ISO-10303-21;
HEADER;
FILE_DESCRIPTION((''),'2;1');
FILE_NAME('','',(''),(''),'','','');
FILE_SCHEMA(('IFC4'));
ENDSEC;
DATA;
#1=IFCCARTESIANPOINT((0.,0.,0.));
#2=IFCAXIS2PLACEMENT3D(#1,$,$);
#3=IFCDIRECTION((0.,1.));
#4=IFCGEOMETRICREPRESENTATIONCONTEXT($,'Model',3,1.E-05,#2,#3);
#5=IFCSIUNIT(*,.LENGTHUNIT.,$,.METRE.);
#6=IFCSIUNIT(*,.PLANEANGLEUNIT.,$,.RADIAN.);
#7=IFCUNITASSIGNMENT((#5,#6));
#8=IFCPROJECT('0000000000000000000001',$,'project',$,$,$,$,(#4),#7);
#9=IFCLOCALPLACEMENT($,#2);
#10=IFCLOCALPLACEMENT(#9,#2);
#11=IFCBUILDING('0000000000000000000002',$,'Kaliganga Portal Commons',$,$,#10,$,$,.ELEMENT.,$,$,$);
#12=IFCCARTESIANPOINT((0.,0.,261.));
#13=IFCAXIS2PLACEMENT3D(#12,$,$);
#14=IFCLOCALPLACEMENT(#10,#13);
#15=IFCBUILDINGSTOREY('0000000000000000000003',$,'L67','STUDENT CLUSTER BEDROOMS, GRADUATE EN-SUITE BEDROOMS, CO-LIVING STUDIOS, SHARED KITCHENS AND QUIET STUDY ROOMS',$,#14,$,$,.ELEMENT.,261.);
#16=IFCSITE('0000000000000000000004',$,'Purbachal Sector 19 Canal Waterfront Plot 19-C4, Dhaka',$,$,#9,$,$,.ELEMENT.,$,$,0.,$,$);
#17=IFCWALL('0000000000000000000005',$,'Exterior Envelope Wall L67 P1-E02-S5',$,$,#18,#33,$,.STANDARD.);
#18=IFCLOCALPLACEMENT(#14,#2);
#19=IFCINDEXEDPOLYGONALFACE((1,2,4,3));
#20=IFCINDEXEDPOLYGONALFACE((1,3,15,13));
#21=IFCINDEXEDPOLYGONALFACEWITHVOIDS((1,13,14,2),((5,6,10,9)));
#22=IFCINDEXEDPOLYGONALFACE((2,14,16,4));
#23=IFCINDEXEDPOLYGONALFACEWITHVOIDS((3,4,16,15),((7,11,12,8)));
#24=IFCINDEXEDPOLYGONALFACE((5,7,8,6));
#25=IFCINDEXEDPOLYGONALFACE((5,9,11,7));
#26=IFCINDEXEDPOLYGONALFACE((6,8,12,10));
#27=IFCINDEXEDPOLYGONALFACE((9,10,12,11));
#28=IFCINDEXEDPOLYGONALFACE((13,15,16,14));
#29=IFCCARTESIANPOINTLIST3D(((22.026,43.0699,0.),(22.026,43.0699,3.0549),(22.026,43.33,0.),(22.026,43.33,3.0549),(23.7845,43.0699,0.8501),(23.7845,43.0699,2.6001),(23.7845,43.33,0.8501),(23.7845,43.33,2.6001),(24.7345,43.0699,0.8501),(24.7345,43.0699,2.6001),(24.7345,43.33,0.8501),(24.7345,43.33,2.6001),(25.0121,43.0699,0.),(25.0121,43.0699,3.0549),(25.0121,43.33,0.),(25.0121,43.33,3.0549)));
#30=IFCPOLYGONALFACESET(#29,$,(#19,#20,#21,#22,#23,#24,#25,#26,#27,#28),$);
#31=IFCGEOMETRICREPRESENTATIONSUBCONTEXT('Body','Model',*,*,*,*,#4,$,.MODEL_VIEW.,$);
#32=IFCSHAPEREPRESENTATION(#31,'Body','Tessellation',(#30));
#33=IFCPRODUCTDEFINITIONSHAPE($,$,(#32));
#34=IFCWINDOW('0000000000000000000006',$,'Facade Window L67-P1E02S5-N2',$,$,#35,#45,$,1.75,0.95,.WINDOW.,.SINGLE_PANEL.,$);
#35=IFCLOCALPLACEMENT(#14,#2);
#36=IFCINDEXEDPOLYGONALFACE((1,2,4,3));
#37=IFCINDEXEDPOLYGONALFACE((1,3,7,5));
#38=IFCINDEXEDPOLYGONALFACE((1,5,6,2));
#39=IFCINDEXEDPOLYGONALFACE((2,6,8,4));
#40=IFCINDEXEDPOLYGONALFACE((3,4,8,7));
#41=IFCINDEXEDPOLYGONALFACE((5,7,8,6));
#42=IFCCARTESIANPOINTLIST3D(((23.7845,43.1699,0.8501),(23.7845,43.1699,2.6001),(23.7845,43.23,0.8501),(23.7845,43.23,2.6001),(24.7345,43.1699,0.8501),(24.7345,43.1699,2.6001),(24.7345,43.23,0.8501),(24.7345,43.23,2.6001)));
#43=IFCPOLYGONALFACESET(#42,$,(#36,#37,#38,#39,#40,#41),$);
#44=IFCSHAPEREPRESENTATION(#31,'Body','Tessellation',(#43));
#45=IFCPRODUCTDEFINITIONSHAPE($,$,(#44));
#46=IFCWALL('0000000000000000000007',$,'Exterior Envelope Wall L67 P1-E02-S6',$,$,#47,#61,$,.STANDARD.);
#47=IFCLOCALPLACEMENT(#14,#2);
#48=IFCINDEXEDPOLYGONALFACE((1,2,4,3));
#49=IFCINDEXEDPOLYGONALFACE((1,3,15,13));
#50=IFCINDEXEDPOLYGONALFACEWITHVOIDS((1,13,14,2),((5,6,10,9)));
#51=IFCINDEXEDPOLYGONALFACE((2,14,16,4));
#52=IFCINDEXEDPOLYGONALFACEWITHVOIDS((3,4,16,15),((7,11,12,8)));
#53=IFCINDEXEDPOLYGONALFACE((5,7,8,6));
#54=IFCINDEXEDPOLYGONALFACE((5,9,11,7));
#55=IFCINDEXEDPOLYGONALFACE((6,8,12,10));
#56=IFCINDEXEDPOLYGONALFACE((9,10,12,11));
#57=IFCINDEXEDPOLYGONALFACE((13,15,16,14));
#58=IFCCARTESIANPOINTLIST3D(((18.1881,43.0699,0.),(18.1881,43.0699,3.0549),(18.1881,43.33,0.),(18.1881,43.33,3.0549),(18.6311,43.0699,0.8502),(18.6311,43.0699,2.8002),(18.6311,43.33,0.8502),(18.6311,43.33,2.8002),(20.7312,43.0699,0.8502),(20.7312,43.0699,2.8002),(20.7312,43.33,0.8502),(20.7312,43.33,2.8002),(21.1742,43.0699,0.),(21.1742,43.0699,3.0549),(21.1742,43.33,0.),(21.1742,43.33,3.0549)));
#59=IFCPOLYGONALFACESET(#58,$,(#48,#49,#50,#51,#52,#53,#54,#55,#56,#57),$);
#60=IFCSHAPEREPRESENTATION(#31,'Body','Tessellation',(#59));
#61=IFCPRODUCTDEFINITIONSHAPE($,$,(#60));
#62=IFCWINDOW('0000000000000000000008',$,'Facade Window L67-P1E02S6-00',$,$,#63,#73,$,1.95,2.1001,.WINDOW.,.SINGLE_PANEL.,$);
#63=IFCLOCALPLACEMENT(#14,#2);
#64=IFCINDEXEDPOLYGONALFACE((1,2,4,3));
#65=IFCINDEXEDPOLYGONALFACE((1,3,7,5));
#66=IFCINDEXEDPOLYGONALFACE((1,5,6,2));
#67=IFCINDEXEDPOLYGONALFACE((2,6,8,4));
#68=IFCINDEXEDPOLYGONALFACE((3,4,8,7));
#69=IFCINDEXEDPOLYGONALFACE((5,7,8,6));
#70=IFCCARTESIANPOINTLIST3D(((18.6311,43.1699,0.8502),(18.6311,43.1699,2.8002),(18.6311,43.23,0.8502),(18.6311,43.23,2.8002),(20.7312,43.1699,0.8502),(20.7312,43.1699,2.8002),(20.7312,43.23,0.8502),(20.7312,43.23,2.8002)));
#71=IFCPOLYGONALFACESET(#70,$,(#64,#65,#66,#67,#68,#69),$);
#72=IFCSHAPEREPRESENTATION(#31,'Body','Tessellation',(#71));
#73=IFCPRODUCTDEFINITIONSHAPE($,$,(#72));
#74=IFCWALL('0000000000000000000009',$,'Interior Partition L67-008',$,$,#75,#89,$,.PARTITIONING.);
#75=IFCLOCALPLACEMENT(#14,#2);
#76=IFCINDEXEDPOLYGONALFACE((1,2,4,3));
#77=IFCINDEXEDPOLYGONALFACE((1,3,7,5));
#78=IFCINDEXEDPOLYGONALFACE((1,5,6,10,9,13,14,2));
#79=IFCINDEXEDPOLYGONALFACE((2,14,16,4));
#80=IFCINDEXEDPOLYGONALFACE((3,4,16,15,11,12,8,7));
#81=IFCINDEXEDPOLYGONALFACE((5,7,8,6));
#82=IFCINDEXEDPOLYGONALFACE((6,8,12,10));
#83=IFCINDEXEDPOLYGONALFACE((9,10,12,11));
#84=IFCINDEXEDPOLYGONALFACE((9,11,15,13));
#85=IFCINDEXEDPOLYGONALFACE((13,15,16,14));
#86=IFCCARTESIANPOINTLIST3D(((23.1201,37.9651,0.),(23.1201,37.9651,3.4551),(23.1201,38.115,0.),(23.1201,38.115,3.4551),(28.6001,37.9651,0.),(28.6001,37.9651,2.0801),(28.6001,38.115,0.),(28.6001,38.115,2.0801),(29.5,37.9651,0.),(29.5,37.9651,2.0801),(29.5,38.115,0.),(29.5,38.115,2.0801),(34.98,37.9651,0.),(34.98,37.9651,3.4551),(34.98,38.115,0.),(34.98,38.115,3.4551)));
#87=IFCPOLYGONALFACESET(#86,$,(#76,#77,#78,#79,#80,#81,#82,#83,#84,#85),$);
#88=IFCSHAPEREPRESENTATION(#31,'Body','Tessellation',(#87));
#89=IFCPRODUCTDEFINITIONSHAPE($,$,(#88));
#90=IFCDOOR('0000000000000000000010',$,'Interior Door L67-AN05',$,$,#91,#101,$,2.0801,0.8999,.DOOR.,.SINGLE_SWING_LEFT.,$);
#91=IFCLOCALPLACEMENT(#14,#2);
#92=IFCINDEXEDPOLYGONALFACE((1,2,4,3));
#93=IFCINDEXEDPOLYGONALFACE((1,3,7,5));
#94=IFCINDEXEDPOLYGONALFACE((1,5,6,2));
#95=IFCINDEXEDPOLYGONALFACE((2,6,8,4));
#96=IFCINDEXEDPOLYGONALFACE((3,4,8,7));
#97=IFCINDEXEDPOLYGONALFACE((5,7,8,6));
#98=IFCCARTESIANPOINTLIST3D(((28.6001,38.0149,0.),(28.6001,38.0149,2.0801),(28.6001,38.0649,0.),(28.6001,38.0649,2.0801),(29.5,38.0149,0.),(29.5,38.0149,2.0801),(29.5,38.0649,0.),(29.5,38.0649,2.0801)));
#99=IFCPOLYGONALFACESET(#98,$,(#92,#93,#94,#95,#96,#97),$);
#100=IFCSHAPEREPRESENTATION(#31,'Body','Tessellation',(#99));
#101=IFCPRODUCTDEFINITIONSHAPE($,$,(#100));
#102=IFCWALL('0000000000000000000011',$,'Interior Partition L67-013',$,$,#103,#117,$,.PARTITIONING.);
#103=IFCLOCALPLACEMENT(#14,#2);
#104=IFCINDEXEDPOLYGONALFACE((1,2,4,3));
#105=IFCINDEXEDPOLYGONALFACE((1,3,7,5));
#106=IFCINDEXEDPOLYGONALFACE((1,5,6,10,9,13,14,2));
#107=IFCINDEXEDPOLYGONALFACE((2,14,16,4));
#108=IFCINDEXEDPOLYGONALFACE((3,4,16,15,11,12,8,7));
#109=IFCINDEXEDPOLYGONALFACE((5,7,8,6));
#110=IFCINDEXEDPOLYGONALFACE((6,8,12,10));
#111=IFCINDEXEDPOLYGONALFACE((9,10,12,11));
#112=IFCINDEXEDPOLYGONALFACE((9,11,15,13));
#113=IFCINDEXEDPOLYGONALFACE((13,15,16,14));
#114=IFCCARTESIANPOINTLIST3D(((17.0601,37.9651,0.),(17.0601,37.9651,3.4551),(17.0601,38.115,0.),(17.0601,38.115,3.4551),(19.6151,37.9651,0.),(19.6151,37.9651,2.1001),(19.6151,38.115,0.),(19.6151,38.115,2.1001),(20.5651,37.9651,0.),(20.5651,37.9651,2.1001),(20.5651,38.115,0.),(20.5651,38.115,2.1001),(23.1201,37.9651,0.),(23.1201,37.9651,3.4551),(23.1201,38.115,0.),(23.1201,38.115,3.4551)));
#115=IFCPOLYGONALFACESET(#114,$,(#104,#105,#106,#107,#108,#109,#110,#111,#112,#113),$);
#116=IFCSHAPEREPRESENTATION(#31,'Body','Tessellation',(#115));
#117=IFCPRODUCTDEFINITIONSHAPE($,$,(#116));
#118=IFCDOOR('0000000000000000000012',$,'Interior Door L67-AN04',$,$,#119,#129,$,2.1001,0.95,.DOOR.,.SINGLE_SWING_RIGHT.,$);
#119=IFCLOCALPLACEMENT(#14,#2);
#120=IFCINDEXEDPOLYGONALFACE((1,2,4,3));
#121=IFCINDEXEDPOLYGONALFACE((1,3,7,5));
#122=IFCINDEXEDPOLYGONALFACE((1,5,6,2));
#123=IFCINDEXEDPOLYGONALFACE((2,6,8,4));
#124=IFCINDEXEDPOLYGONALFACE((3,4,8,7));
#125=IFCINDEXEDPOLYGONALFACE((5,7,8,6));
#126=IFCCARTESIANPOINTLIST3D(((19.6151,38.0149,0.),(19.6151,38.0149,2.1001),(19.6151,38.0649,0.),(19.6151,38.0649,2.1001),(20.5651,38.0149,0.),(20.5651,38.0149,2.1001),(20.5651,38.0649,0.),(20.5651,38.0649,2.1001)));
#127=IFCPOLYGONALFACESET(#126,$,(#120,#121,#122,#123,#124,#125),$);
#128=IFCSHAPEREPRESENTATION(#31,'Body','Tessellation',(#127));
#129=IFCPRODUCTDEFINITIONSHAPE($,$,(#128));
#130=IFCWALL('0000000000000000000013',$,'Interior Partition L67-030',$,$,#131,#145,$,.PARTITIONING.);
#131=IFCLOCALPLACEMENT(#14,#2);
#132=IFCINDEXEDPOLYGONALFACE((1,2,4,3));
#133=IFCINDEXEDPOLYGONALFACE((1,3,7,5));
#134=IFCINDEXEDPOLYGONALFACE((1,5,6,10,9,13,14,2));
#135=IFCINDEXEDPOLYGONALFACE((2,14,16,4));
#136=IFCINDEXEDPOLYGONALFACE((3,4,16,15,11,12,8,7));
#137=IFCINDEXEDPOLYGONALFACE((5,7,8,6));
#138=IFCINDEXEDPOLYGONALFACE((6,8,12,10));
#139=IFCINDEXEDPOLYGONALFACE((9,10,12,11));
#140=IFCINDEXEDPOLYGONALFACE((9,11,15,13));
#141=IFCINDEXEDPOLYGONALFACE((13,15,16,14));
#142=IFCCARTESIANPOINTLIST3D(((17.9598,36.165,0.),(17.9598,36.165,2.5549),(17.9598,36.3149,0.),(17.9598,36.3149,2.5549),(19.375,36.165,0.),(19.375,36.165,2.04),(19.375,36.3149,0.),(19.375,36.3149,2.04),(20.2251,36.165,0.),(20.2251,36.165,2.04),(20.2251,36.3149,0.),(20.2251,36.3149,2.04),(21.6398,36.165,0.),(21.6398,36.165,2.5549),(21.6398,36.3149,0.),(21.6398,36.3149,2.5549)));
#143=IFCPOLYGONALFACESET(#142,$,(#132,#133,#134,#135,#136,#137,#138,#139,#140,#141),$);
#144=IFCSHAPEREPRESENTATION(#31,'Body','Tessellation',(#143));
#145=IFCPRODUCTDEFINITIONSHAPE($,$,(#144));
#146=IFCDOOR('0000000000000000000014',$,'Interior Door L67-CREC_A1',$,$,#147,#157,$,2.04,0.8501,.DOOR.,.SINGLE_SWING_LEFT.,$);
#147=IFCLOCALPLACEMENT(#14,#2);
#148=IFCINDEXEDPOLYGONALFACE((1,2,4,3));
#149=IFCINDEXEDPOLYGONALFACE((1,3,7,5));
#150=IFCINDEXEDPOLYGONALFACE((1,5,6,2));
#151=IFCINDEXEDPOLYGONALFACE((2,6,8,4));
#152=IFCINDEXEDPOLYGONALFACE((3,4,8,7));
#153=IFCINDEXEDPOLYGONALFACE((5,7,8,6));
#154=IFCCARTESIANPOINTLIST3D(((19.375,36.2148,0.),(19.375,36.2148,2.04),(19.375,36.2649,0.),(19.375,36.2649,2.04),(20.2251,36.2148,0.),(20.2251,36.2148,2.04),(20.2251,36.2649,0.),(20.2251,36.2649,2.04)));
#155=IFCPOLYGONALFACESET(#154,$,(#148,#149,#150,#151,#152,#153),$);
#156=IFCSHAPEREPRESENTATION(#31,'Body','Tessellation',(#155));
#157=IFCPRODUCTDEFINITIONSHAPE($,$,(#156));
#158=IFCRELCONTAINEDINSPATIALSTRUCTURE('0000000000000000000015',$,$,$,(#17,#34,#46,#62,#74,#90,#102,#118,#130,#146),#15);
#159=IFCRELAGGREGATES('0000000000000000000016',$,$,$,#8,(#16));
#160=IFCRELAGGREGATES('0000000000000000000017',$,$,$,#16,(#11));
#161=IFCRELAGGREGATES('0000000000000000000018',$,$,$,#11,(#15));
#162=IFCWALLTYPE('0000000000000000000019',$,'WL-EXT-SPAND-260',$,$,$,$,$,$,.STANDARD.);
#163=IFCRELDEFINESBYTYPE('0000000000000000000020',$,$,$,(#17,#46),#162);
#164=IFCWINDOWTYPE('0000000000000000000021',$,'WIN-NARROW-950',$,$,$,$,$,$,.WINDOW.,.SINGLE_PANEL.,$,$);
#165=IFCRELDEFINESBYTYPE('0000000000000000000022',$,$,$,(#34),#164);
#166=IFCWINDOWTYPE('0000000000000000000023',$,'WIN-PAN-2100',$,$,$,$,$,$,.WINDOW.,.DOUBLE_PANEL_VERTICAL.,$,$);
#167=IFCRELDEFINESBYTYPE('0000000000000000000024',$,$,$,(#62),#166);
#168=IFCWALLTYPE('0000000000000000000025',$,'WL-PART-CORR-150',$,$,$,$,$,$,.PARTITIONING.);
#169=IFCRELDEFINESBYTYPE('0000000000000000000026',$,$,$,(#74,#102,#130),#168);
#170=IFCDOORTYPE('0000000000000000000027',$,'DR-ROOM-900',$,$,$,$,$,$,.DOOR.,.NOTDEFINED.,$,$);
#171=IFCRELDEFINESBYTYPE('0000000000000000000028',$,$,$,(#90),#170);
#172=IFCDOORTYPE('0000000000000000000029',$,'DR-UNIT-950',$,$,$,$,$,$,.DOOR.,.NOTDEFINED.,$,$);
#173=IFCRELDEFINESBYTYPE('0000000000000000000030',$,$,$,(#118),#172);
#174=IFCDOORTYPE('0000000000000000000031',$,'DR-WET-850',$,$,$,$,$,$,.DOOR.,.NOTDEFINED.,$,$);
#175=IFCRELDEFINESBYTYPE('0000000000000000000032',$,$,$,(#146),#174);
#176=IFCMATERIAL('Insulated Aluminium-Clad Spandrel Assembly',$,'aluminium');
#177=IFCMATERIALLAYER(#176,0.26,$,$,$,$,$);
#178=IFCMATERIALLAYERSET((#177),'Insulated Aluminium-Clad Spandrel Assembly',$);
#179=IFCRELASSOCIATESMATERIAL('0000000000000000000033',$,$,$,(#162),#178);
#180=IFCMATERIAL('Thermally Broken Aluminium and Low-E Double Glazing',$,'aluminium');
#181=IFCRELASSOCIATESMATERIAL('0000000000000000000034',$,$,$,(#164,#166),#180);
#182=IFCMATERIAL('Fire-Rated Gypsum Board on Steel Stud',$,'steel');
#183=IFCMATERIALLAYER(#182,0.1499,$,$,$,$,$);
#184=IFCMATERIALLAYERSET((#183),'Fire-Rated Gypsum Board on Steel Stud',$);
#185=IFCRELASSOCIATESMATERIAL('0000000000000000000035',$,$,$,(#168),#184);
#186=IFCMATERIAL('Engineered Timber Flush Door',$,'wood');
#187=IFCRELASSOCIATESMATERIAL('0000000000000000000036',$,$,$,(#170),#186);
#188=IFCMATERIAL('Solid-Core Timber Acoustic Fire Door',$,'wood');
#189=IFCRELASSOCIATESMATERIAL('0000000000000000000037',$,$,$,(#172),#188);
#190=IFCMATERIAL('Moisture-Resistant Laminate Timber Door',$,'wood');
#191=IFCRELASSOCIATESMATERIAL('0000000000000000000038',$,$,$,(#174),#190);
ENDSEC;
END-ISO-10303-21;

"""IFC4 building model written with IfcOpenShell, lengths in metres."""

from ifc_helpers import new_model, si_unit, direction, frame, frame_2d, origin, place, context, subcontext, project, spatial, rectangle, extrude, material, layer, layer_set, type_object, element, fill, save


model = new_model("IFC4")

# Units and contexts
model_context = context("Model", 3, precision=1e-05, world=origin(), true_north=direction((0.0, 1.0)))
body_context = subcontext(model_context, "Body", "Model", "MODEL_VIEW")
ifc_project = project(units=[si_unit("LENGTHUNIT", "METRE"), si_unit("PLANEANGLEUNIT", "RADIAN")], contexts=[model_context])

# Site, building, storey
site_placement = place(None, origin())
site = spatial("IfcSite", under=ifc_project, at=site_placement, Name="Purbachal Sector 19 Canal Waterfront Plot 19-C4, Dhaka", CompositionType="ELEMENT", RefElevation=0.0)
building_placement = place(site_placement, origin())
building = spatial("IfcBuilding", under=site, at=building_placement, Name="Kaliganga Portal Commons", CompositionType="ELEMENT")
storey_placement = place(building_placement, frame((0.0, 0.0, 261.0)))
storey = spatial("IfcBuildingStorey", under=building, at=storey_placement, Name="L67", Description="STUDENT CLUSTER BEDROOMS, GRADUATE EN-SUITE BEDROOMS, CO-LIVING STUDIOS, SHARED KITCHENS AND QUIET STUDY ROOMS", CompositionType="ELEMENT", Elevation=261.0)

# Walls, openings, windows
ifc_material_1 = material(Name="Insulated Aluminium-Clad Spandrel Assembly", Category="aluminium")
ifc_layer_1 = layer(ifc_material_1, 0.26)
ifc_layer_set_1 = layer_set([ifc_layer_1], Name="Insulated Aluminium-Clad Spandrel Assembly")
wall_type_1 = type_object("IfcWallType", Name="WL-EXT-SPAND-260", PredefinedType="STANDARD", material=ifc_layer_set_1)
wall_1_placement = place(storey_placement, frame((22.0259, 43.2, 0.0), z_axis=(0.0, 0.0, 1.0), x_axis=(1.0, 0.0, 0.0)))
wall_1 = element("IfcWall", 1, at=wall_1_placement, inside=storey, type_object=wall_type_1, Name="Exterior Envelope Wall L67 P1-E02-S5", PredefinedType="STANDARD", context=body_context, shape_type="SweptSolid", body=[
    extrude(rectangle(XDim=2.9861, YDim=0.26, at=frame_2d((1.4932, 0.0))), origin(), (0.0, 0.0, 1.0), 3.0549),
])
opening_1_placement = place(wall_1_placement, frame((1.7585, 0.0, 0.8501)))
opening_1 = element("IfcOpeningElement", 2, at=opening_1_placement, cuts=wall_1, PredefinedType="OPENING", context=body_context, shape_type="SweptSolid", body=[
    extrude(rectangle(XDim=0.95, YDim=1.75, at=frame_2d((0.4751, 0.875))), frame((0.0, 0.1401, 0.0), z_axis=(0.0, -1.0, 0.0), x_axis=(1.0, 0.0, 0.0)), (0.0, 0.0, 1.0), 0.28),
])
ifc_material_2 = material(Name="Thermally Broken Aluminium and Low-E Double Glazing", Category="aluminium")
window_type_1 = type_object("IfcWindowType", Name="WIN-NARROW-950", PartitioningType="SINGLE_PANEL", PredefinedType="WINDOW", material=ifc_material_2)
window_1_placement = place(opening_1_placement, origin())
window_1 = element("IfcWindow", 3, at=window_1_placement, inside=storey, type_object=window_type_1, Name="Facade Window L67-P1E02S5-N2", OverallHeight=1.75, OverallWidth=0.95, PartitioningType="SINGLE_PANEL", PredefinedType="WINDOW", context=body_context, shape_type="SweptSolid", body=[
    extrude(rectangle(XDim=0.95, YDim=1.75, at=frame_2d((0.4751, 0.875))), frame((0.0, 0.03, 0.0), z_axis=(0.0, -1.0, 0.0), x_axis=(1.0, 0.0, 0.0)), (0.0, 0.0, 1.0), 0.0601),
])
fill(opening_1, window_1)
wall_2_placement = place(storey_placement, frame((18.188, 43.2, 0.0), z_axis=(0.0, 0.0, 1.0), x_axis=(1.0, 0.0, 0.0)))
wall_2 = element("IfcWall", 4, at=wall_2_placement, inside=storey, type_object=wall_type_1, Name="Exterior Envelope Wall L67 P1-E02-S6", PredefinedType="STANDARD", context=body_context, shape_type="SweptSolid", body=[
    extrude(rectangle(XDim=2.9861, YDim=0.26, at=frame_2d((1.4932, 0.0))), origin(), (0.0, 0.0, 1.0), 3.0549),
])
opening_2_placement = place(wall_2_placement, frame((0.4431, 0.0, 0.8501)))
opening_2 = element("IfcOpeningElement", 5, at=opening_2_placement, cuts=wall_2, PredefinedType="OPENING", context=body_context, shape_type="SweptSolid", body=[
    extrude(rectangle(XDim=2.1001, YDim=1.95, at=frame_2d((1.05, 0.9751))), frame((0.0, 0.1401, 0.0), z_axis=(0.0, -1.0, 0.0), x_axis=(1.0, 0.0, 0.0)), (0.0, 0.0, 1.0), 0.28),
])
window_type_2 = type_object("IfcWindowType", Name="WIN-PAN-2100", PartitioningType="DOUBLE_PANEL_VERTICAL", PredefinedType="WINDOW", material=ifc_material_2)
window_2_placement = place(opening_2_placement, origin())
window_2 = element("IfcWindow", 6, at=window_2_placement, inside=storey, type_object=window_type_2, Name="Facade Window L67-P1E02S6-00", OverallHeight=1.95, OverallWidth=2.1001, PartitioningType="SINGLE_PANEL", PredefinedType="WINDOW", context=body_context, shape_type="SweptSolid", body=[
    extrude(rectangle(XDim=2.1001, YDim=1.95, at=frame_2d((1.05, 0.9751))), frame((0.0, 0.03, 0.0), z_axis=(0.0, -1.0, 0.0), x_axis=(1.0, 0.0, 0.0)), (0.0, 0.0, 1.0), 0.0601),
])
fill(opening_2, window_2)

# Walls, openings, doors
ifc_material_3 = material(Name="Fire-Rated Gypsum Board on Steel Stud", Category="steel")
ifc_layer_2 = layer(ifc_material_3, 0.1499)
ifc_layer_set_2 = layer_set([ifc_layer_2], Name="Fire-Rated Gypsum Board on Steel Stud")
wall_type_2 = type_object("IfcWallType", Name="WL-PART-CORR-150", PredefinedType="PARTITIONING", material=ifc_layer_set_2)
wall_3_placement = place(storey_placement, frame((23.1201, 38.04, 0.0), z_axis=(0.0, 0.0, 1.0), x_axis=(1.0, 0.0, 0.0)))
wall_3 = element("IfcWall", 7, at=wall_3_placement, inside=storey, type_object=wall_type_2, Name="Interior Partition L67-008", PredefinedType="PARTITIONING", context=body_context, shape_type="SweptSolid", body=[
    extrude(rectangle(XDim=11.8599, YDim=0.1499, at=frame_2d((5.9299, 0.0))), origin(), (0.0, 0.0, 1.0), 3.4551),
])
opening_3_placement = place(wall_3_placement, frame((5.48, 0.0, 0.0)))
opening_3 = element("IfcOpeningElement", 8, at=opening_3_placement, cuts=wall_3, PredefinedType="OPENING", context=body_context, shape_type="SweptSolid", body=[
    extrude(rectangle(XDim=0.8999, YDim=2.0801, at=frame_2d((0.45, 1.04))), frame((0.0, 0.085, 0.0), z_axis=(0.0, -1.0, 0.0), x_axis=(1.0, 0.0, 0.0)), (0.0, 0.0, 1.0), 0.1699),
])
ifc_material_4 = material(Name="Engineered Timber Flush Door", Category="wood")
door_type_1 = type_object("IfcDoorType", Name="DR-ROOM-900", OperationType="NOTDEFINED", PredefinedType="DOOR", material=ifc_material_4)
door_1_placement = place(opening_3_placement, origin())
door_1 = element("IfcDoor", 9, at=door_1_placement, inside=storey, type_object=door_type_1, Name="Interior Door L67-AN05", OperationType="SINGLE_SWING_LEFT", OverallHeight=2.0801, OverallWidth=0.8999, PredefinedType="DOOR", context=body_context, shape_type="SweptSolid", body=[
    extrude(rectangle(XDim=0.8999, YDim=2.0801, at=frame_2d((0.45, 1.04))), frame((0.0, 0.0249, 0.0), z_axis=(0.0, -1.0, 0.0), x_axis=(1.0, 0.0, 0.0)), (0.0, 0.0, 1.0), 0.05),
])
fill(opening_3, door_1)
wall_4_placement = place(storey_placement, frame((17.0601, 38.04, 0.0), z_axis=(0.0, 0.0, 1.0), x_axis=(1.0, 0.0, 0.0)))
wall_4 = element("IfcWall", 10, at=wall_4_placement, inside=storey, type_object=wall_type_2, Name="Interior Partition L67-013", PredefinedType="PARTITIONING", context=body_context, shape_type="SweptSolid", body=[
    extrude(rectangle(XDim=6.0601, YDim=0.1499, at=frame_2d((3.03, 0.0))), origin(), (0.0, 0.0, 1.0), 3.4551),
])
opening_4_placement = place(wall_4_placement, frame((2.5549, 0.0, 0.0)))
opening_4 = element("IfcOpeningElement", 11, at=opening_4_placement, cuts=wall_4, PredefinedType="OPENING", context=body_context, shape_type="SweptSolid", body=[
    extrude(rectangle(XDim=0.95, YDim=2.1001, at=frame_2d((0.4751, 1.05))), frame((0.0, 0.085, 0.0), z_axis=(0.0, -1.0, 0.0), x_axis=(1.0, 0.0, 0.0)), (0.0, 0.0, 1.0), 0.1699),
])
ifc_material_5 = material(Name="Solid-Core Timber Acoustic Fire Door", Category="wood")
door_type_2 = type_object("IfcDoorType", Name="DR-UNIT-950", OperationType="NOTDEFINED", PredefinedType="DOOR", material=ifc_material_5)
door_2_placement = place(opening_4_placement, origin())
door_2 = element("IfcDoor", 12, at=door_2_placement, inside=storey, type_object=door_type_2, Name="Interior Door L67-AN04", OperationType="SINGLE_SWING_RIGHT", OverallHeight=2.1001, OverallWidth=0.95, PredefinedType="DOOR", context=body_context, shape_type="SweptSolid", body=[
    extrude(rectangle(XDim=0.95, YDim=2.1001, at=frame_2d((0.4751, 1.05))), frame((0.0, 0.0249, 0.0), z_axis=(0.0, -1.0, 0.0), x_axis=(1.0, 0.0, 0.0)), (0.0, 0.0, 1.0), 0.05),
])
fill(opening_4, door_2)
wall_5_placement = place(storey_placement, frame((17.96, 36.24, 0.0), z_axis=(0.0, 0.0, 1.0), x_axis=(1.0, 0.0, 0.0)))
wall_5 = element("IfcWall", 13, at=wall_5_placement, inside=storey, type_object=wall_type_2, Name="Interior Partition L67-030", PredefinedType="PARTITIONING", context=body_context, shape_type="SweptSolid", body=[
    extrude(rectangle(XDim=3.6799, YDim=0.1499, at=frame_2d((1.8398, 0.0))), origin(), (0.0, 0.0, 1.0), 2.5549),
])
opening_5_placement = place(wall_5_placement, frame((1.415, 0.0, 0.0)))
opening_5 = element("IfcOpeningElement", 14, at=opening_5_placement, cuts=wall_5, PredefinedType="OPENING", context=body_context, shape_type="SweptSolid", body=[
    extrude(rectangle(XDim=0.8501, YDim=2.04, at=frame_2d((0.425, 1.02))), frame((0.0, 0.085, 0.0), z_axis=(0.0, -1.0, 0.0), x_axis=(1.0, 0.0, 0.0)), (0.0, 0.0, 1.0), 0.1699),
])
ifc_material_6 = material(Name="Moisture-Resistant Laminate Timber Door", Category="wood")
door_type_3 = type_object("IfcDoorType", Name="DR-WET-850", OperationType="NOTDEFINED", PredefinedType="DOOR", material=ifc_material_6)
door_3_placement = place(opening_5_placement, origin())
door_3 = element("IfcDoor", 15, at=door_3_placement, inside=storey, type_object=door_type_3, Name="Interior Door L67-CREC_A1", OperationType="SINGLE_SWING_LEFT", OverallHeight=2.04, OverallWidth=0.8501, PredefinedType="DOOR", context=body_context, shape_type="SweptSolid", body=[
    extrude(rectangle(XDim=0.8501, YDim=2.04, at=frame_2d((0.425, 1.02))), frame((0.0, 0.0249, 0.0), z_axis=(0.0, -1.0, 0.0), x_axis=(1.0, 0.0, 0.0)), (0.0, 0.0, 1.0), 0.05),
])
fill(opening_5, door_3)

save(model, "model.ifc")
